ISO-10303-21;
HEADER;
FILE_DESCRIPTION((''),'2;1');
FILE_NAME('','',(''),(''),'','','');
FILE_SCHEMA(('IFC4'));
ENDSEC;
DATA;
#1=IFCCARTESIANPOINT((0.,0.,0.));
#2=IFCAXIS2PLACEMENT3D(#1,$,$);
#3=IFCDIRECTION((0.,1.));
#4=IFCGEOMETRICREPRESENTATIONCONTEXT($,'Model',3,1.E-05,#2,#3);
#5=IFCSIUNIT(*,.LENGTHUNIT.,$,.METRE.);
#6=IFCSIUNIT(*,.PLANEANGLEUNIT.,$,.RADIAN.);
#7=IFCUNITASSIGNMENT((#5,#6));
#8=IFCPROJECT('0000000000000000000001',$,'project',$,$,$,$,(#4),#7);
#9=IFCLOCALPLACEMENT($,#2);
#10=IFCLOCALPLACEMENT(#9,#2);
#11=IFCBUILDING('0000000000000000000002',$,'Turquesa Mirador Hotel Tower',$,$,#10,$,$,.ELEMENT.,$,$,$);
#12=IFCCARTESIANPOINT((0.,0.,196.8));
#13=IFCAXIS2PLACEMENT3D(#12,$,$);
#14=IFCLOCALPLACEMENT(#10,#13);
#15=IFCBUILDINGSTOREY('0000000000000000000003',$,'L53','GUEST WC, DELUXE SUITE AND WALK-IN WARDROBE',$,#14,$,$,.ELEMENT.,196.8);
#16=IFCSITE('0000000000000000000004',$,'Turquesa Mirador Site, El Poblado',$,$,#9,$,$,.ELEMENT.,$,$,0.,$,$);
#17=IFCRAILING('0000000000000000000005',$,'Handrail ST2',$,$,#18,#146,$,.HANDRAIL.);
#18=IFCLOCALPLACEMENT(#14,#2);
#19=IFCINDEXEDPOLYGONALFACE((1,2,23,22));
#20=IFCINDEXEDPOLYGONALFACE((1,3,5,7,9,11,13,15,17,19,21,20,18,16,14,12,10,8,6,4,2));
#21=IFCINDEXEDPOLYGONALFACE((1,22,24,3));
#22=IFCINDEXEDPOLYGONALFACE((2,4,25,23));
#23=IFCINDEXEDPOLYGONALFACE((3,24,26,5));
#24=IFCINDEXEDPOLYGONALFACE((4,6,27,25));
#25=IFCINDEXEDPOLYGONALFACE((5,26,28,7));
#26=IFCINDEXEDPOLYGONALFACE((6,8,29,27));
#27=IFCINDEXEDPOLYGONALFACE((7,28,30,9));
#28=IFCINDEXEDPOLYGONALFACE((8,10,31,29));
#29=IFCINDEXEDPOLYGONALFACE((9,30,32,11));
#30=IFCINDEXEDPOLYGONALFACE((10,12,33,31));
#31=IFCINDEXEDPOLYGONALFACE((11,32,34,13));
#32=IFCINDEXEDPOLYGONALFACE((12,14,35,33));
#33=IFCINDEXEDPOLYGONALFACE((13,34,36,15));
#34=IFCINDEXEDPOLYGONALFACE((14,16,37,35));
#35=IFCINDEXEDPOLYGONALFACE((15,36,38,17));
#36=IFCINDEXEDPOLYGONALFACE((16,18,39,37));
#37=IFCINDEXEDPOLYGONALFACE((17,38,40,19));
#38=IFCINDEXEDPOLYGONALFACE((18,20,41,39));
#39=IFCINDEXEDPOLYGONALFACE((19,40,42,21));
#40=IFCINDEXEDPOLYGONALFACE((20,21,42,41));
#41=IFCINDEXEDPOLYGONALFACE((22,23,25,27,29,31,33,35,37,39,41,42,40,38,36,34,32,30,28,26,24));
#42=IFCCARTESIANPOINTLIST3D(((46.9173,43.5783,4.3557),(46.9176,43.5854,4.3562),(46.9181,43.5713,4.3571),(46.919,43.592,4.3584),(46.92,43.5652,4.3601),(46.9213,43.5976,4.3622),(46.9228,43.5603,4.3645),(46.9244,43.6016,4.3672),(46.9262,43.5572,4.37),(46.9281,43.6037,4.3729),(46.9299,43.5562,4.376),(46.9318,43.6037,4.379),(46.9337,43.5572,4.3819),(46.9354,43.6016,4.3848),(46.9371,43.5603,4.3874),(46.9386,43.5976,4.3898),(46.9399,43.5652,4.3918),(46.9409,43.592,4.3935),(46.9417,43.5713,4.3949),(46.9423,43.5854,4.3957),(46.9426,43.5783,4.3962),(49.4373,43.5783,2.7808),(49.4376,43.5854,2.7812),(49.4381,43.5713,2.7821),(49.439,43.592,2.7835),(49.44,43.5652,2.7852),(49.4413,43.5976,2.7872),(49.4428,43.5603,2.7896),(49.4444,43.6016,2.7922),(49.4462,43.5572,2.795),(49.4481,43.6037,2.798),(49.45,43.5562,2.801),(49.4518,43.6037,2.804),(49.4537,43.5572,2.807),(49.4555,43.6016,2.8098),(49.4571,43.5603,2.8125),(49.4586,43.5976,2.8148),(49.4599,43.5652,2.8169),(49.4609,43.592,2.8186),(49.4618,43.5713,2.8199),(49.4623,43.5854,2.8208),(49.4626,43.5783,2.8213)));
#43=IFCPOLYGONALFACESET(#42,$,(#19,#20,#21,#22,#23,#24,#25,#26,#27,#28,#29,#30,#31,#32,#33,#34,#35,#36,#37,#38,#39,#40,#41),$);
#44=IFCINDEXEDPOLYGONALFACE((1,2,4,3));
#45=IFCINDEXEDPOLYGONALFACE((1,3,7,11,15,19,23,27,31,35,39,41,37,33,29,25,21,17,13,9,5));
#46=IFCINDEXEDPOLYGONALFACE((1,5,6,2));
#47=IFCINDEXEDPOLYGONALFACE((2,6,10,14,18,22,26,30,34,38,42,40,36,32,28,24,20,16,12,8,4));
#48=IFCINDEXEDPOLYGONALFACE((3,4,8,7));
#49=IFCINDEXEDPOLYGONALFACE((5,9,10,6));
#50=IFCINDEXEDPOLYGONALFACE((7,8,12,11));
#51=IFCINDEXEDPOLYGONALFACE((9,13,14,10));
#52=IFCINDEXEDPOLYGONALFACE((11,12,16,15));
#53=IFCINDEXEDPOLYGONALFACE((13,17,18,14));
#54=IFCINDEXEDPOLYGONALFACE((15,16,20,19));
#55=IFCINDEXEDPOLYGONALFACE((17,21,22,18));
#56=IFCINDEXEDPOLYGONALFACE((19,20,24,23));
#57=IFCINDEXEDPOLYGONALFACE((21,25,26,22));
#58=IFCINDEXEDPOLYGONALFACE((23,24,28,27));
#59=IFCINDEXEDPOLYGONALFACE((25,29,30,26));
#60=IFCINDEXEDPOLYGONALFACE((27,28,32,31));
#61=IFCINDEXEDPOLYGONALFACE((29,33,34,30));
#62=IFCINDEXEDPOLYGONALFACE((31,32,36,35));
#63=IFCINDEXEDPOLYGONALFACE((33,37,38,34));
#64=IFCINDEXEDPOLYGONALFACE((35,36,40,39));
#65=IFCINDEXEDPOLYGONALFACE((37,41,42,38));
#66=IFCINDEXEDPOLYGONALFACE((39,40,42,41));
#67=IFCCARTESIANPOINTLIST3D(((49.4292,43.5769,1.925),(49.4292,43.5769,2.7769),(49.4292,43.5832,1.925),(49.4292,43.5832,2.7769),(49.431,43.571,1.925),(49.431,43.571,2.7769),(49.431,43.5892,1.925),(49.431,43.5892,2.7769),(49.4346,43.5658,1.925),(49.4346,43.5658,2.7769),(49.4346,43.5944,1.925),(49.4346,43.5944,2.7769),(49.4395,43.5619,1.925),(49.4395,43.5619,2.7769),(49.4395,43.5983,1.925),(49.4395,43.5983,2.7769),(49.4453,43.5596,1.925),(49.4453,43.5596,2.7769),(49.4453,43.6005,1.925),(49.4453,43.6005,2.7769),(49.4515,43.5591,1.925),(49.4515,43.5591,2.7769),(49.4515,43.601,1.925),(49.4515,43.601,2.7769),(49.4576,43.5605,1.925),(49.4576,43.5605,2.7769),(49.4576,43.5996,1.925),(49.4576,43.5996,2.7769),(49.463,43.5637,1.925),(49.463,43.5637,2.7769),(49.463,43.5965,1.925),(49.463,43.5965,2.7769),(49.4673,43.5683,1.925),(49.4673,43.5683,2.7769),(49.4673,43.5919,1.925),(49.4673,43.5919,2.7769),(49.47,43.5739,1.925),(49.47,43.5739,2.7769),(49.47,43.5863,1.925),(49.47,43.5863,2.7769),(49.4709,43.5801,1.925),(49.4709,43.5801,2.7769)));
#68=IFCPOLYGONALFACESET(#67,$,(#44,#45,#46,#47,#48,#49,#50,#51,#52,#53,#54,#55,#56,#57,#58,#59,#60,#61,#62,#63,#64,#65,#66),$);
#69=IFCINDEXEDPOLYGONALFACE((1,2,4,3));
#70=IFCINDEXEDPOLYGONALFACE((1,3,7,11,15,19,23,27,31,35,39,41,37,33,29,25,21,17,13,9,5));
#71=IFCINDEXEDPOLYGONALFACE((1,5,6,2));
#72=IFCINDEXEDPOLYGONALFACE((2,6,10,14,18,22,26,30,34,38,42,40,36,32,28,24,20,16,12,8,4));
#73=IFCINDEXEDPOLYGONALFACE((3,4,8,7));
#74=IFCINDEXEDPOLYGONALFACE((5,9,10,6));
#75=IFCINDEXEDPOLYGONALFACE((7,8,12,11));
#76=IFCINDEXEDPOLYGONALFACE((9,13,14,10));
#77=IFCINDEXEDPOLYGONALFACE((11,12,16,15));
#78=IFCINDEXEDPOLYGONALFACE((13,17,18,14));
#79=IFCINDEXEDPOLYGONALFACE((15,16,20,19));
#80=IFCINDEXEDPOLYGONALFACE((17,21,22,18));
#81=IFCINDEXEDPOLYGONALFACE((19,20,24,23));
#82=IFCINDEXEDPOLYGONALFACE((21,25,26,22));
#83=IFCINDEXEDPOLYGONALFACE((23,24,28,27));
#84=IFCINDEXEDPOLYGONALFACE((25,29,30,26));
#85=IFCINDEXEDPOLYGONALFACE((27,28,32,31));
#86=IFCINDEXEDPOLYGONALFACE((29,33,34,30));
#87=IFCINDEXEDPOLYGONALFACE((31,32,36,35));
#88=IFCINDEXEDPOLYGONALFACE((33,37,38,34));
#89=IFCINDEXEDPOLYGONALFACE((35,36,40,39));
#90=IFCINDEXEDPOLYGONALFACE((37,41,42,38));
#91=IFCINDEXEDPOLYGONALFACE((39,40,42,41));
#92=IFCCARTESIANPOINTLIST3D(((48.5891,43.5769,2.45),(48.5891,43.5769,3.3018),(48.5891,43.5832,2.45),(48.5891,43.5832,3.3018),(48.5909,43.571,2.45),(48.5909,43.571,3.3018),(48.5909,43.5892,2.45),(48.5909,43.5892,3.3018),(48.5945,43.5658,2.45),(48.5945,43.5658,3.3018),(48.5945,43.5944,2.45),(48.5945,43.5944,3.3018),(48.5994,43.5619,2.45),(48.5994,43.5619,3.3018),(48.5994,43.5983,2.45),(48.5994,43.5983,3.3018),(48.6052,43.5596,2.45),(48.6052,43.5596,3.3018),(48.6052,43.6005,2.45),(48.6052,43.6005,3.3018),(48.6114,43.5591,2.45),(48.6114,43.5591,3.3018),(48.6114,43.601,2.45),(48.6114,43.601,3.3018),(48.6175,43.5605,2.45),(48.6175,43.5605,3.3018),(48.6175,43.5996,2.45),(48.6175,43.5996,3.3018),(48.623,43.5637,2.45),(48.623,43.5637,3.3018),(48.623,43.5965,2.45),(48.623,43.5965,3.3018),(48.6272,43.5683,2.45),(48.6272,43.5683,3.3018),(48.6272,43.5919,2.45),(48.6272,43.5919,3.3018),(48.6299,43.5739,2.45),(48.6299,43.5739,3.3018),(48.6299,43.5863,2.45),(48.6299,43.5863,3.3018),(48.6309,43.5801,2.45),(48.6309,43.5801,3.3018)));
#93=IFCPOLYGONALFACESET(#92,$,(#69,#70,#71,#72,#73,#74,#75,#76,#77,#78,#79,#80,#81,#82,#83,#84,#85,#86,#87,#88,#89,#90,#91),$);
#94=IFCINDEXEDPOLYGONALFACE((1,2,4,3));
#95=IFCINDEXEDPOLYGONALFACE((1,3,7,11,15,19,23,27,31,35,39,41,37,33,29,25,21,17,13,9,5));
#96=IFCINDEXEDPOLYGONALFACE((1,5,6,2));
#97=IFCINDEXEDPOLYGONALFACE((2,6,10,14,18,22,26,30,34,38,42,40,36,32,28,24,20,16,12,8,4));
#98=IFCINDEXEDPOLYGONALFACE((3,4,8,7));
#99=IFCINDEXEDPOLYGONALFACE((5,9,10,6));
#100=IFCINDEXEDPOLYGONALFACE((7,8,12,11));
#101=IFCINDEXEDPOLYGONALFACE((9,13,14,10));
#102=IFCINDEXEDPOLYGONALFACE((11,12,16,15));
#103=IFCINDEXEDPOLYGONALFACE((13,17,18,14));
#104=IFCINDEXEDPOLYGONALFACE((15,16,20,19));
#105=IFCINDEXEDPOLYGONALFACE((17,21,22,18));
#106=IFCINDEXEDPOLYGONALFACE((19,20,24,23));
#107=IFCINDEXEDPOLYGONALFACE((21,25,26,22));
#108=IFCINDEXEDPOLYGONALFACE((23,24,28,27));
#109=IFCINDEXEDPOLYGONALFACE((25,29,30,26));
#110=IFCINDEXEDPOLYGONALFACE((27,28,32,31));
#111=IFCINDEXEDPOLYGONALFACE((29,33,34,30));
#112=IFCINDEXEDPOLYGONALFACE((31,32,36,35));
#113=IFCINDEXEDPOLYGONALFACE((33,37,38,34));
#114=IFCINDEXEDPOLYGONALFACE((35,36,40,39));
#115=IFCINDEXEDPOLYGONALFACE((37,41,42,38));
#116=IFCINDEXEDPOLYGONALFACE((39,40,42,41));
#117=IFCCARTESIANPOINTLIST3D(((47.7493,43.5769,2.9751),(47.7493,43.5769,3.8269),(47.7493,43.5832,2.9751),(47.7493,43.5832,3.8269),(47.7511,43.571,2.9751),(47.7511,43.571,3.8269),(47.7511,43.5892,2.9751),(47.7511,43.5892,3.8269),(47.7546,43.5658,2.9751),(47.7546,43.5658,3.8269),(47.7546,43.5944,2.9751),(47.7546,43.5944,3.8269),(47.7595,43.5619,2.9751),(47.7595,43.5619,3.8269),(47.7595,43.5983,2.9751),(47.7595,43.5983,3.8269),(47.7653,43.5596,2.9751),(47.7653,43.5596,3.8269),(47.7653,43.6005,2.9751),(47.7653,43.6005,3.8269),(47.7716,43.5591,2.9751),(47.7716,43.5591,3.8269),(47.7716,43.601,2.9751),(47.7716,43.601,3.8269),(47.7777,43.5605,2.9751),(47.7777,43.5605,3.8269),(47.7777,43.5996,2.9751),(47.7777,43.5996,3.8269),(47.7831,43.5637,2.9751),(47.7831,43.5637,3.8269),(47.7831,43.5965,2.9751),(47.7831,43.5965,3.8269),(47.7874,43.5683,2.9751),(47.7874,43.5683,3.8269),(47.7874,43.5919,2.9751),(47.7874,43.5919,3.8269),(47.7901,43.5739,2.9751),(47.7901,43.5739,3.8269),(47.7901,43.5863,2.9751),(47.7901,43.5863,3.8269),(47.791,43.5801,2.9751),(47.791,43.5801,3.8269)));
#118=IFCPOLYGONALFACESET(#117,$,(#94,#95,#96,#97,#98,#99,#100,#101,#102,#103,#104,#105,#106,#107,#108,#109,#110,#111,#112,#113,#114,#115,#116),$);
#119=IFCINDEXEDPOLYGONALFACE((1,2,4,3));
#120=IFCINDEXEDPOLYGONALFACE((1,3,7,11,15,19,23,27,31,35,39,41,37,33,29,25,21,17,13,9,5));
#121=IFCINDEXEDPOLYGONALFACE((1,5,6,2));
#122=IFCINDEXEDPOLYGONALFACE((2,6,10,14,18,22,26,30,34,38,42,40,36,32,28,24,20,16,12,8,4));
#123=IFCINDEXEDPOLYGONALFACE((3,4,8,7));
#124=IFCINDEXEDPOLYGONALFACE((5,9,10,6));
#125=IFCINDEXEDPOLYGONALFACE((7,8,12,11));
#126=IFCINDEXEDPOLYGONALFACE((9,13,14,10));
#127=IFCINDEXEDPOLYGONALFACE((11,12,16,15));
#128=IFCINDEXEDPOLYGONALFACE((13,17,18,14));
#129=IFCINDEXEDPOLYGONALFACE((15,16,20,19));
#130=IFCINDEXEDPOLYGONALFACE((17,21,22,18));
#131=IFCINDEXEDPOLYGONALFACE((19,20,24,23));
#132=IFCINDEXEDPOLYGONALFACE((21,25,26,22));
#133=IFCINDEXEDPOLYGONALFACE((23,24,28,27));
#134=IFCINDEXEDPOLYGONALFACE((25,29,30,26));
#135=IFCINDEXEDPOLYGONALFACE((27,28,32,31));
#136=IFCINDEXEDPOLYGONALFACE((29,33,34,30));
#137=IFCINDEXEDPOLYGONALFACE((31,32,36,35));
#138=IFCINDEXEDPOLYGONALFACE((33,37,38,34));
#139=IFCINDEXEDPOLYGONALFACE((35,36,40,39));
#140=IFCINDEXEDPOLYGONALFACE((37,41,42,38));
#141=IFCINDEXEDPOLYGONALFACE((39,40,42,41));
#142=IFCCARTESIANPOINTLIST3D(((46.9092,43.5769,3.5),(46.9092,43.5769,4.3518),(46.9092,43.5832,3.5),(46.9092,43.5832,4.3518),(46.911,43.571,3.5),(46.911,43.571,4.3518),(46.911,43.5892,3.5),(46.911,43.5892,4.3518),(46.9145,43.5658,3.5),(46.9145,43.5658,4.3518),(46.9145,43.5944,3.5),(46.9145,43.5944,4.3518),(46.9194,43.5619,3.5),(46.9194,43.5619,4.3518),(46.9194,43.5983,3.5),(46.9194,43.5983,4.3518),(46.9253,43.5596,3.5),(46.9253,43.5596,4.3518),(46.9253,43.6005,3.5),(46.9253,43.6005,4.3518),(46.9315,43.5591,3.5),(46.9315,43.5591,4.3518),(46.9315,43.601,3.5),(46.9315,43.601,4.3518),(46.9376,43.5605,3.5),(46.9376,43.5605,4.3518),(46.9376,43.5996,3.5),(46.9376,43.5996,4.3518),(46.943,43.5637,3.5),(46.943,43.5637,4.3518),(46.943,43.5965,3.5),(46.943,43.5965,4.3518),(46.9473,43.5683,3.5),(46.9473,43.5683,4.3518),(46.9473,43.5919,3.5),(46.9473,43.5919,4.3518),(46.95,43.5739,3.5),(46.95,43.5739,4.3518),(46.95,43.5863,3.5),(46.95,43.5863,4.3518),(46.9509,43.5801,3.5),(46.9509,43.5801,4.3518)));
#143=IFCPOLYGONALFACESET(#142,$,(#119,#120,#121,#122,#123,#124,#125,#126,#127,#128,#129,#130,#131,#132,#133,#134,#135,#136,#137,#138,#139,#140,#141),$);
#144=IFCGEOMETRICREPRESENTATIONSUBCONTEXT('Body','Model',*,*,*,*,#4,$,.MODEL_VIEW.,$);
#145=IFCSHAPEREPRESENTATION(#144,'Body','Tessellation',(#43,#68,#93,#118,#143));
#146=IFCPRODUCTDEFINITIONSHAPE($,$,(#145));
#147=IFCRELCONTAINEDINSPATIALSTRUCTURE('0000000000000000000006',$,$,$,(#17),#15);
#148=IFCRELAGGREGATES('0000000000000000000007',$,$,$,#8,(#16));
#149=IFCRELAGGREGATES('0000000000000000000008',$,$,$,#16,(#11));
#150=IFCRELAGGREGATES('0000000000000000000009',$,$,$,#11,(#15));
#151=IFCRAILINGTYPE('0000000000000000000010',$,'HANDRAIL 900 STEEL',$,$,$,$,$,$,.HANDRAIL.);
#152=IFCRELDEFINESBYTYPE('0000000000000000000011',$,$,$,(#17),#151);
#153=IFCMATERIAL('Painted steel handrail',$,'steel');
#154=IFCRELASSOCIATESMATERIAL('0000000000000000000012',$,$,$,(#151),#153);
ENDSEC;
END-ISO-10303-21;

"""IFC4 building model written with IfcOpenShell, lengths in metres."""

from ifc_helpers import new_model, si_unit, direction, frame, origin, origin_2d, place, context, subcontext, project, spatial, circle, extrude, material, type_object, element, save


model = new_model("IFC4")

# Units and contexts
model_context = context("Model", 3, precision=1e-05, world=origin(), true_north=direction((0.0, 1.0)))
body_context = subcontext(model_context, "Body", "Model", "MODEL_VIEW")
ifc_project = project(units=[si_unit("LENGTHUNIT", "METRE"), si_unit("PLANEANGLEUNIT", "RADIAN")], contexts=[model_context])

# Site, building, storey
site_placement = place(None, origin())
site = spatial("IfcSite", under=ifc_project, at=site_placement, Name="Turquesa Mirador Site, El Poblado", CompositionType="ELEMENT", RefElevation=0.0)
building_placement = place(site_placement, origin())
building = spatial("IfcBuilding", under=site, at=building_placement, Name="Turquesa Mirador Hotel Tower", CompositionType="ELEMENT")
storey_placement = place(building_placement, frame((0.0, 0.0, 196.8)))
storey = spatial("IfcBuildingStorey", under=building, at=storey_placement, Name="L53", Description="GUEST WC, DELUXE SUITE AND WALK-IN WARDROBE", CompositionType="ELEMENT", Elevation=196.8)

# Railing
ifc_material_1 = material(Name="Painted steel handrail", Category="steel")
railing_type = type_object("IfcRailingType", Name="HANDRAIL 900 STEEL", PredefinedType="HANDRAIL", material=ifc_material_1)
railing_1_placement = place(storey_placement, frame((49.45, 43.5801, 1.925)))
element("IfcRailing", 1, at=railing_1_placement, inside=storey, type_object=railing_type, Name="Handrail ST2", PredefinedType="HANDRAIL", context=body_context, shape_type="SweptSolid", body=[
    extrude(circle(Radius=0.0239, at=origin_2d()), frame((0.0, 0.0, 0.876), z_axis=(-0.848008, 0.0, 0.529984), x_axis=(0.0, -1.0, 0.0)), (0.0, 0.0, 1.0), 2.9717),
    extrude(circle(Radius=0.021, at=origin_2d()), origin(), (0.0, 0.0, 1.0), 0.8518),
    extrude(circle(Radius=0.021, at=origin_2d()), frame((-0.8401, 0.0, 0.5249)), (0.0, 0.0, 1.0), 0.8518),
    extrude(circle(Radius=0.021, at=origin_2d()), frame((-1.6799, 0.0, 1.05)), (0.0, 0.0, 1.0), 0.8518),
    extrude(circle(Radius=0.021, at=origin_2d()), frame((-2.52, 0.0, 1.575)), (0.0, 0.0, 1.0), 0.8518),
])

save(model, "model.ifc")
